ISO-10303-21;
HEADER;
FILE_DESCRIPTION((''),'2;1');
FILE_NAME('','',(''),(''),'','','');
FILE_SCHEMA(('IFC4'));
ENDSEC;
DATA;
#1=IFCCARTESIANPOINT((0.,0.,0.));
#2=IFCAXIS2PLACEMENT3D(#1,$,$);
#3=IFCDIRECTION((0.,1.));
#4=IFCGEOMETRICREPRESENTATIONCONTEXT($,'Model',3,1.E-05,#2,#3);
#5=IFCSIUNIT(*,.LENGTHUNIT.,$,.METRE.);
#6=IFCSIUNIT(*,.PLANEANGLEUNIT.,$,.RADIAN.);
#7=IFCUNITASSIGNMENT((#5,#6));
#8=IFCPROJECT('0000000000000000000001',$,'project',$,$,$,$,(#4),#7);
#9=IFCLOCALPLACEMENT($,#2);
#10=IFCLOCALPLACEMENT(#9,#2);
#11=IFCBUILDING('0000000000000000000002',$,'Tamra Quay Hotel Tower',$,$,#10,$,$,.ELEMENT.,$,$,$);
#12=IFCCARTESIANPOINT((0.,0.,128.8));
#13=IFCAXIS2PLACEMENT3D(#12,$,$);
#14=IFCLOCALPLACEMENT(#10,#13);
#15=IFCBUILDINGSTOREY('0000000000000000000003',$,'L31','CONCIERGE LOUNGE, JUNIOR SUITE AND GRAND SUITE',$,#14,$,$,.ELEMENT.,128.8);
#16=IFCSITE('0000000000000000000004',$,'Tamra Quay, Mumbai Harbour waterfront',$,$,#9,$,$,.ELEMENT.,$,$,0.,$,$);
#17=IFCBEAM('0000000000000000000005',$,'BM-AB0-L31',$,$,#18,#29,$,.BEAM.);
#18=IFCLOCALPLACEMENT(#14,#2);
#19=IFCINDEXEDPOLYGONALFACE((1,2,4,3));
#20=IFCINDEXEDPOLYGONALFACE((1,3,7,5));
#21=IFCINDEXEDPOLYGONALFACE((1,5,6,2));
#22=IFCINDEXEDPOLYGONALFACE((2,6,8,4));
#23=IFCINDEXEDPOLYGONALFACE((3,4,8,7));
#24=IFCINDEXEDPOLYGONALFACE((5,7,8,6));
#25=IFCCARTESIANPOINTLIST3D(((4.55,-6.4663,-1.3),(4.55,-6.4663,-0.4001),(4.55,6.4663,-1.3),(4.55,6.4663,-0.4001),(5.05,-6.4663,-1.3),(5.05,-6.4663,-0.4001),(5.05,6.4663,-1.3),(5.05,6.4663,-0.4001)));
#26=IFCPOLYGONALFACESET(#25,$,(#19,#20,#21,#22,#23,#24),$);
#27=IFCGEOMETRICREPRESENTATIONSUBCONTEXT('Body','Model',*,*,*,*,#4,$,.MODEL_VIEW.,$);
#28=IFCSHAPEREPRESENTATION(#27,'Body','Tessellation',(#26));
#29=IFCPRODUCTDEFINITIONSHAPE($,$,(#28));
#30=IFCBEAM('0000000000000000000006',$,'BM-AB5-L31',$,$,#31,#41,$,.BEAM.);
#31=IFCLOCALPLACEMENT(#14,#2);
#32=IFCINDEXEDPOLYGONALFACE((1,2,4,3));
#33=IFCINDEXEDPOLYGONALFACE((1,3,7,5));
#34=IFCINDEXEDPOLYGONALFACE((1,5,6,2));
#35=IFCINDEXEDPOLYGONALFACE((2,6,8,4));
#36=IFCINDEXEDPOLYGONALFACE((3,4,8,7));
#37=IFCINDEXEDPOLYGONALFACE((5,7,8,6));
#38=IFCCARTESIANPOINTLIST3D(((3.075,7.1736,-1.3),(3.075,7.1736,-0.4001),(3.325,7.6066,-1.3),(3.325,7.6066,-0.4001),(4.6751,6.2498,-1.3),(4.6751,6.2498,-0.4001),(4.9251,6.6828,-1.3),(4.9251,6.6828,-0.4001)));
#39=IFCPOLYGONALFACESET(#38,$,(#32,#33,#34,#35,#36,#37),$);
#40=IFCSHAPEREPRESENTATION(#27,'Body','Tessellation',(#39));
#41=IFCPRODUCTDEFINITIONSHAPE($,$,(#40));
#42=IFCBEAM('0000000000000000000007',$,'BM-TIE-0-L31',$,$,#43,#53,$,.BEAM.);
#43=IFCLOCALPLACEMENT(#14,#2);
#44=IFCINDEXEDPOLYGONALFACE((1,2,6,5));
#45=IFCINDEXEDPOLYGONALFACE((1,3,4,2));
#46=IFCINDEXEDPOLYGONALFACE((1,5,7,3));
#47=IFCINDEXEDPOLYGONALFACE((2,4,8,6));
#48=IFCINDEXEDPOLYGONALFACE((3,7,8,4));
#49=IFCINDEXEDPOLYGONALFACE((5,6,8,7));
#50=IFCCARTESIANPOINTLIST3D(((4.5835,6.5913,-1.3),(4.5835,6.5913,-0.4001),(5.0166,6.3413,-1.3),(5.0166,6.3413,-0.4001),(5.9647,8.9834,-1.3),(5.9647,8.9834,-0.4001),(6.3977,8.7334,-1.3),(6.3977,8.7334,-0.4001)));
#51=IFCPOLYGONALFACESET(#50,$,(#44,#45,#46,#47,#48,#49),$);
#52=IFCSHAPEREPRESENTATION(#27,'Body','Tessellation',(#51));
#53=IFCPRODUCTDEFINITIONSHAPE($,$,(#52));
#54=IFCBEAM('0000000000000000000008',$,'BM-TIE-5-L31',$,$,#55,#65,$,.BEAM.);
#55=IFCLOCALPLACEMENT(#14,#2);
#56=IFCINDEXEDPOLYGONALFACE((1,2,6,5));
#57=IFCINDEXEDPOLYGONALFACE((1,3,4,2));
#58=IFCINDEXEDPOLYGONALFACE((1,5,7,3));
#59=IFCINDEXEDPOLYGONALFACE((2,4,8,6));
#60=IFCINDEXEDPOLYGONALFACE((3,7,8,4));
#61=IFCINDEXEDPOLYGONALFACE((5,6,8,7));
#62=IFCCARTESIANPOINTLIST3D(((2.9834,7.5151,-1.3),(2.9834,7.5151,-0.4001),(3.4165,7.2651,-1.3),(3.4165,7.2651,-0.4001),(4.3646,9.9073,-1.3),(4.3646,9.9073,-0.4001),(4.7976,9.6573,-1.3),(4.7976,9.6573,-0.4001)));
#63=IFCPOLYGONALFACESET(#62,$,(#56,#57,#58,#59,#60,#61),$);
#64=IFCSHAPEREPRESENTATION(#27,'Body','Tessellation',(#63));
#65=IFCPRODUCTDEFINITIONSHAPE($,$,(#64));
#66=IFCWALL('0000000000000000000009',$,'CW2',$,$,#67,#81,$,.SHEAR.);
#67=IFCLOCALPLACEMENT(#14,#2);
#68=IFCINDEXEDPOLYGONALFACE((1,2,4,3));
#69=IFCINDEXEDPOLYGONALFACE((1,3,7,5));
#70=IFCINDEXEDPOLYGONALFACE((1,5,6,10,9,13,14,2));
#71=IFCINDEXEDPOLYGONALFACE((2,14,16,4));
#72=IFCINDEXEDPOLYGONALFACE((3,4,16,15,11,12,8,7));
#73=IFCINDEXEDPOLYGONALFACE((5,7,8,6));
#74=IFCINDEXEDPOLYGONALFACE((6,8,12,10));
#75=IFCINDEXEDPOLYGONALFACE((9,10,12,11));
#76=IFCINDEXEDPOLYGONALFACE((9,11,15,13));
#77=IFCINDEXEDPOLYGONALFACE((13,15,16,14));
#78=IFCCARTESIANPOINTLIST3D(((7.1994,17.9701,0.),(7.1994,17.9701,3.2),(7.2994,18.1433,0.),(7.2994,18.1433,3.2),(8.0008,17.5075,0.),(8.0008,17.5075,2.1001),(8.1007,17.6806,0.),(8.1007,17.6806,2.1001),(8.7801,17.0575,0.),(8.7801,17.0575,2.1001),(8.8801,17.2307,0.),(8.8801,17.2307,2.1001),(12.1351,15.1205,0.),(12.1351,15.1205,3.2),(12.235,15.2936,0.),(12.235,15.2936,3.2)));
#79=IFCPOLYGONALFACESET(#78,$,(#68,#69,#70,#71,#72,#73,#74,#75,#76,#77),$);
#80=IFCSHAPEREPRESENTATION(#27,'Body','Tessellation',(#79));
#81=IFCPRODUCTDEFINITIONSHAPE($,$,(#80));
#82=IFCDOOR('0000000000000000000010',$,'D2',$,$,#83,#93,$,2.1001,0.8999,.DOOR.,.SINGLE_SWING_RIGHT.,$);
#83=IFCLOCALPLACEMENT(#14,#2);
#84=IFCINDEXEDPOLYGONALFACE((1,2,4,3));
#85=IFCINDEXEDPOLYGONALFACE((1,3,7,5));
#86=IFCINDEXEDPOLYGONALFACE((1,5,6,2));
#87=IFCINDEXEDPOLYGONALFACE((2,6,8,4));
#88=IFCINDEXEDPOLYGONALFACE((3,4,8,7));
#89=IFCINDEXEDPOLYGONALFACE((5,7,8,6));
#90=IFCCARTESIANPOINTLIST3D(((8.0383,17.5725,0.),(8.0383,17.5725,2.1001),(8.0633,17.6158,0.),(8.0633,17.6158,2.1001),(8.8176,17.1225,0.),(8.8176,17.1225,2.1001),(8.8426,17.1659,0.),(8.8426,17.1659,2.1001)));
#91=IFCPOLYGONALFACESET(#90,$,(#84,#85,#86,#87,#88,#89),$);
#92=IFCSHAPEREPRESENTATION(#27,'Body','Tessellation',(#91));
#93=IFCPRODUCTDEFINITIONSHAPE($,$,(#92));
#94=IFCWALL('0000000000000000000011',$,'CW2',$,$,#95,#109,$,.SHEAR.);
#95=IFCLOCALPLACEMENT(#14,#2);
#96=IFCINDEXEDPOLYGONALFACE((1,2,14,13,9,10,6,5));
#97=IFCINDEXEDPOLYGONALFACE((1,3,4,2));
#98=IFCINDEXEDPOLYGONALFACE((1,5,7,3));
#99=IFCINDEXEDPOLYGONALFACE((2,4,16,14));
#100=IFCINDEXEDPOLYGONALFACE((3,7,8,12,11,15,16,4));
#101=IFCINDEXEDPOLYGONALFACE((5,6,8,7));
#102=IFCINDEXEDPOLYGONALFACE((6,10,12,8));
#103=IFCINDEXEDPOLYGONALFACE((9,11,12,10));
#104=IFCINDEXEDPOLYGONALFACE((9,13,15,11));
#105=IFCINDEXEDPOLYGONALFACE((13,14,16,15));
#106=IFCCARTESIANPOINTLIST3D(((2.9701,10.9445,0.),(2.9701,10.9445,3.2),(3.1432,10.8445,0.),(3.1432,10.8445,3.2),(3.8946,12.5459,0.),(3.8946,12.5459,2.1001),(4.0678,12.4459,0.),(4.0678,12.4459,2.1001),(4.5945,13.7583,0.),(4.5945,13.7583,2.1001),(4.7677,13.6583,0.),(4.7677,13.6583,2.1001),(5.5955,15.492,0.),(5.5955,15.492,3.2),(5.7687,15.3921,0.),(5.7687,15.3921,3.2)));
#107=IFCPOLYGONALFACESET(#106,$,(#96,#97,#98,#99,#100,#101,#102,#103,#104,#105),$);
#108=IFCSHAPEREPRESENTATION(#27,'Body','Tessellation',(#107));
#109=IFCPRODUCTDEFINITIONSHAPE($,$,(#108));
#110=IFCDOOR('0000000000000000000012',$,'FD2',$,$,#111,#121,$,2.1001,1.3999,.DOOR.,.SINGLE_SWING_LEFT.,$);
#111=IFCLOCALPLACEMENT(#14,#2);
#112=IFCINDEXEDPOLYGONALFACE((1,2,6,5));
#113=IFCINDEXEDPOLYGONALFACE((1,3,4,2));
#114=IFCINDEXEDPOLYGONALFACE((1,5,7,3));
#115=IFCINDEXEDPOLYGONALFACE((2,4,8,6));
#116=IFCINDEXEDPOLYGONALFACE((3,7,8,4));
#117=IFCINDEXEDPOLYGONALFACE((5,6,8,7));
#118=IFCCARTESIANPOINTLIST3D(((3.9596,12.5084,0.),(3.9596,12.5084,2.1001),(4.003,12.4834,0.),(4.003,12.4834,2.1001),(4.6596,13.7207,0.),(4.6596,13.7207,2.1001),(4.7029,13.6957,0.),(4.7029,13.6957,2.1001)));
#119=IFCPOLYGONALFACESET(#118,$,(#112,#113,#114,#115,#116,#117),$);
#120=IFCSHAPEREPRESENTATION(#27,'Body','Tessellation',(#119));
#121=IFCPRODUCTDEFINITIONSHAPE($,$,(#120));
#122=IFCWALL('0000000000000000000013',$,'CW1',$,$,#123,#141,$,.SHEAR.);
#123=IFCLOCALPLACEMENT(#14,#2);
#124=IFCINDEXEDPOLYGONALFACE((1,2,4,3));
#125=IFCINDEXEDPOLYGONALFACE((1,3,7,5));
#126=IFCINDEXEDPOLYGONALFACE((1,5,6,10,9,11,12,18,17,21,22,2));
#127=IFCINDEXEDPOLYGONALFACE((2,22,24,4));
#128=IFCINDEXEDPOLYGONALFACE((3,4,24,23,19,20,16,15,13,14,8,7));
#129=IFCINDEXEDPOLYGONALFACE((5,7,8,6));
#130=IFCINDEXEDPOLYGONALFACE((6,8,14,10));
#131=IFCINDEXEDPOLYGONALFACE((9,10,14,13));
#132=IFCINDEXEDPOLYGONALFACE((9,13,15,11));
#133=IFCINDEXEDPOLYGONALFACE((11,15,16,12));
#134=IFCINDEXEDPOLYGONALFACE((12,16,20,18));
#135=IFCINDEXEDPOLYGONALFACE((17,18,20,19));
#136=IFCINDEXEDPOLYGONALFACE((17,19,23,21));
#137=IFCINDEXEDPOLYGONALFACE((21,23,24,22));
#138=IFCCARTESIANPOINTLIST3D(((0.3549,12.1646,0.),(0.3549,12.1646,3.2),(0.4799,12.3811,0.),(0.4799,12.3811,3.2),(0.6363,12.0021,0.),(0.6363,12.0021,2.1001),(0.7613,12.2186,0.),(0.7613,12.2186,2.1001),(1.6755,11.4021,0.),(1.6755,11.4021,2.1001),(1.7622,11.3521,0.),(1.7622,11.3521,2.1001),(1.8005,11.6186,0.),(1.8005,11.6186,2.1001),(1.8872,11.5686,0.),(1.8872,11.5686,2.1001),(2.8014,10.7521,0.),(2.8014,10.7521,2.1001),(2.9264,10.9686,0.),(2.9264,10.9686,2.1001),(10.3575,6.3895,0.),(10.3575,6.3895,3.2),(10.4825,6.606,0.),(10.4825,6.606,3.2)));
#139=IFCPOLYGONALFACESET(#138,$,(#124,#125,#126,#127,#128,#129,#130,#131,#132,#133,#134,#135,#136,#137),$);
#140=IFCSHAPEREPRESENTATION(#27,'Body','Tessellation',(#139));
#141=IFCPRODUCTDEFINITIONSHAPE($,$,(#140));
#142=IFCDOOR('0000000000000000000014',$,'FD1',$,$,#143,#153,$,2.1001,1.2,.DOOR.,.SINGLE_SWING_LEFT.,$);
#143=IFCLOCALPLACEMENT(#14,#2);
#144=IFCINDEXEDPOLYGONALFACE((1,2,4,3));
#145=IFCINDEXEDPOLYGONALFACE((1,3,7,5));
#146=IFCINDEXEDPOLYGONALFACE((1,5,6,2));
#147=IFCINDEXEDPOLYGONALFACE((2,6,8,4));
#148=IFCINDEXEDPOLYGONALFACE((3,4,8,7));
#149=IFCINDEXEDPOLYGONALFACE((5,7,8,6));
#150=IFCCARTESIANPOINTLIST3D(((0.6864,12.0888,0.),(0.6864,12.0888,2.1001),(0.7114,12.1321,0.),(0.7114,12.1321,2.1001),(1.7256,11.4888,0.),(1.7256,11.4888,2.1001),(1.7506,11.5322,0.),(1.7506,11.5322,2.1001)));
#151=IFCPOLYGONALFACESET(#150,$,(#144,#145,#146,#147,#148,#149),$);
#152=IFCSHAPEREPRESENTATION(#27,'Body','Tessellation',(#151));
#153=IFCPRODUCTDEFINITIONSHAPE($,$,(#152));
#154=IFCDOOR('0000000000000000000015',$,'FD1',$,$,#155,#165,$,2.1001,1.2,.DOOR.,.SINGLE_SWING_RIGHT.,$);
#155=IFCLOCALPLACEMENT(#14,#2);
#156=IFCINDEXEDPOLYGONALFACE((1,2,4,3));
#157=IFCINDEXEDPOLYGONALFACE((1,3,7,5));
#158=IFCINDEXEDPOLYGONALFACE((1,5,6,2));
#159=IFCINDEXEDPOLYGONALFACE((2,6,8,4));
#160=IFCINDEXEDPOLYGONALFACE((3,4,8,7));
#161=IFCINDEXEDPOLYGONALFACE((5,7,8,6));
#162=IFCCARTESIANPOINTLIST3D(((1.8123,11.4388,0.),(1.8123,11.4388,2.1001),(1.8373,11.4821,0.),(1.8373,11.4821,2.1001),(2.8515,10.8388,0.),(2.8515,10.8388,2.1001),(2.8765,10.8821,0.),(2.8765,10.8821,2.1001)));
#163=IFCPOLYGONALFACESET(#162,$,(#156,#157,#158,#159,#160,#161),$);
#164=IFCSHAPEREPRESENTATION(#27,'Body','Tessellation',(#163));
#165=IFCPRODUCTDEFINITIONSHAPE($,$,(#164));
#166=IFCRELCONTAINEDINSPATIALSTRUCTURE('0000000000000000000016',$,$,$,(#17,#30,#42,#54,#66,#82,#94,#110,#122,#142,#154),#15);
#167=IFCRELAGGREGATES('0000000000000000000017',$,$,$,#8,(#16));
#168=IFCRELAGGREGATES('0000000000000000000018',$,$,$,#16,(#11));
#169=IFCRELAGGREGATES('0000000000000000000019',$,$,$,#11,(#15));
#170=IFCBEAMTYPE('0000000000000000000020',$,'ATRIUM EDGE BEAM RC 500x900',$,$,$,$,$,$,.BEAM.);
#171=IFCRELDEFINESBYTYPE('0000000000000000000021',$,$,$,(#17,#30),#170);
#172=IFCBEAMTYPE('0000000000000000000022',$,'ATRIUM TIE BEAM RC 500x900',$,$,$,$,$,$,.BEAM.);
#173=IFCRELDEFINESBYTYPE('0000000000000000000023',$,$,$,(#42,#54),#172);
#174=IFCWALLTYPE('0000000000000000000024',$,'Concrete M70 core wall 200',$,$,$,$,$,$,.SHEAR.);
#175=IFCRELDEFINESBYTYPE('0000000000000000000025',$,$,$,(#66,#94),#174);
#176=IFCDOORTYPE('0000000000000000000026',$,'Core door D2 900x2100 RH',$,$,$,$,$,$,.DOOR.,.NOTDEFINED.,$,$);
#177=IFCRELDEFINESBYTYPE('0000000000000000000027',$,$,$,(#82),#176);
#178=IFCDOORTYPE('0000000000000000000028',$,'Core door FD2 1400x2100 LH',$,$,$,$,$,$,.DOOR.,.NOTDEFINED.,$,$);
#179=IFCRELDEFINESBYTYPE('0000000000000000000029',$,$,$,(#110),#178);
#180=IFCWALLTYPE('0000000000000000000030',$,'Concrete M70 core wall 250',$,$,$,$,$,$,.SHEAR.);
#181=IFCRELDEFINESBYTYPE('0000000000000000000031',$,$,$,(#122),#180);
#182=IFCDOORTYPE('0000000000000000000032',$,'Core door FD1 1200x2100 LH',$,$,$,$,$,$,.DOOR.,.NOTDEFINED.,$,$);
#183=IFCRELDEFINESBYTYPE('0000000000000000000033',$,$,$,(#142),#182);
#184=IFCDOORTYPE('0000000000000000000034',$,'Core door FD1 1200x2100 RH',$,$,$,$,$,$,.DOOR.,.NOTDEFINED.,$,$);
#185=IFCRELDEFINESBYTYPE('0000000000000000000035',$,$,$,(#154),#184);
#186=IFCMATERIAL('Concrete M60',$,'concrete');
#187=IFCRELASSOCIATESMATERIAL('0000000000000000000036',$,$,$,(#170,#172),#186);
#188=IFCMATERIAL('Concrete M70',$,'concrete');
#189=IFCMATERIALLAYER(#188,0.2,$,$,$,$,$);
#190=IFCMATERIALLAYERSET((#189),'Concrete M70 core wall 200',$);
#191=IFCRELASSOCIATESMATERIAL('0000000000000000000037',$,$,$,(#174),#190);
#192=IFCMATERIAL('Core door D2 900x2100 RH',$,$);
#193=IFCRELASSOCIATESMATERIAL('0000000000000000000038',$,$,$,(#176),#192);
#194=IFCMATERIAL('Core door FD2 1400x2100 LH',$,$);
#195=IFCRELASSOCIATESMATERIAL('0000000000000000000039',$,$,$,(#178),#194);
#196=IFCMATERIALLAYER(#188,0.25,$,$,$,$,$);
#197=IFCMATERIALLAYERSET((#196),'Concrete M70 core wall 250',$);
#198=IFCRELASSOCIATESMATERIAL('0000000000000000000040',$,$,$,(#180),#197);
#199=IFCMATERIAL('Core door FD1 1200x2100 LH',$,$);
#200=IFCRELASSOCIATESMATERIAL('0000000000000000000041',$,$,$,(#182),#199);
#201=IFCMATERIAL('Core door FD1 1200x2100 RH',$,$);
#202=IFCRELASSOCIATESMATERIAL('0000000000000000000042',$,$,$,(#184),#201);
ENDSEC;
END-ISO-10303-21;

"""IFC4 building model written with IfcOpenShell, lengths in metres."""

from ifc_helpers import new_model, si_unit, direction, frame, frame_2d, origin, origin_2d, place, context, subcontext, project, spatial, rectangle, extrude, material, layer, layer_set, material_profile, profile_set, type_object, element, fill, save


model = new_model("IFC4")

# Units and contexts
model_context = context("Model", 3, precision=1e-05, world=origin(), true_north=direction((0.0, 1.0)))
body_context = subcontext(model_context, "Body", "Model", "MODEL_VIEW")
ifc_project = project(units=[si_unit("LENGTHUNIT", "METRE"), si_unit("PLANEANGLEUNIT", "RADIAN")], contexts=[model_context])

# Site, building, storey
site_placement = place(None, origin())
site = spatial("IfcSite", under=ifc_project, at=site_placement, Name="Tamra Quay, Mumbai Harbour waterfront", CompositionType="ELEMENT", RefElevation=0.0)
building_placement = place(site_placement, origin())
building = spatial("IfcBuilding", under=site, at=building_placement, Name="Tamra Quay Hotel Tower", CompositionType="ELEMENT")
storey_placement = place(building_placement, frame((0.0, 0.0, 128.8)))
storey = spatial("IfcBuildingStorey", under=building, at=storey_placement, Name="L31", Description="CONCIERGE LOUNGE, JUNIOR SUITE AND GRAND SUITE", CompositionType="ELEMENT", Elevation=128.8)

# Beams
ifc_material_1 = material(Name="Concrete M60", Category="concrete")
ifc_material_profile_1 = material_profile(ifc_material_1, rectangle(XDim=0.5, YDim=0.8999, at=origin_2d()), Name="ATRIUM EDGE BEAM RC 500x900")
ifc_profile_set_1 = profile_set([ifc_material_profile_1], Name="Concrete M60")
beam_type_1 = type_object("IfcBeamType", Name="ATRIUM EDGE BEAM RC 500x900", PredefinedType="BEAM", material=ifc_profile_set_1)
beam_1_placement = place(storey_placement, frame((4.8, 6.4663, -0.8501), z_axis=(0.0, -1.0, 0.0), x_axis=(1.0, 0.0, 0.0)))
element("IfcBeam", 1, at=beam_1_placement, inside=storey, type_object=beam_type_1, Name="BM-AB0-L31", PredefinedType="BEAM", context=body_context, shape_type="SweptSolid", body=[
    extrude(rectangle(XDim=0.5, YDim=0.8999, at=origin_2d()), origin(), (0.0, 0.0, 1.0), 12.9326),
])
beam_2_placement = place(storey_placement, frame((3.2, 7.3901, -0.8501), z_axis=(0.866023, -0.500005, 0.0), x_axis=(0.500005, 0.866023, 0.0)))
element("IfcBeam", 2, at=beam_2_placement, inside=storey, type_object=beam_type_1, Name="BM-AB5-L31", PredefinedType="BEAM", context=body_context, shape_type="SweptSolid", body=[
    extrude(rectangle(XDim=0.5, YDim=0.8999, at=origin_2d()), origin(), (0.0, 0.0, 1.0), 1.8477),
])
ifc_material_profile_2 = material_profile(ifc_material_1, rectangle(XDim=0.5, YDim=0.8999, at=origin_2d()), Name="ATRIUM TIE BEAM RC 500x900")
ifc_profile_set_2 = profile_set([ifc_material_profile_2], Name="Concrete M60")
beam_type_2 = type_object("IfcBeamType", Name="ATRIUM TIE BEAM RC 500x900", PredefinedType="BEAM", material=ifc_profile_set_2)
for number, where, z_axis, x_axis, name in (
    (3, (4.8, 6.4663, -0.8501), (0.500008, 0.866021, 0.0), (-0.866021, 0.500008, 0.0), "BM-TIE-0-L31"),
    (4, (3.2, 7.3901, -0.8501), (0.500008, 0.866021, 0.0), (-0.866021, 0.500008, 0.0), "BM-TIE-5-L31"),
):
    element("IfcBeam", number, at=place(storey_placement, frame(where, z_axis=z_axis, x_axis=x_axis)), inside=storey, type_object=beam_type_2, Name=name, PredefinedType="BEAM", context=body_context, shape_type="SweptSolid", body=[
        extrude(rectangle(XDim=0.5, YDim=0.8999, at=origin_2d()), origin(), (0.0, 0.0, 1.0), 2.7622),
    ])

# Walls, openings, doors
ifc_material_2 = material(Name="Concrete M70", Category="concrete")
ifc_layer_1 = layer(ifc_material_2, 0.2)
ifc_layer_set_1 = layer_set([ifc_layer_1], Name="Concrete M70 core wall 200")
wall_type_1 = type_object("IfcWallType", Name="Concrete M70 core wall 200", PredefinedType="SHEAR", material=ifc_layer_set_1)
wall_1_placement = place(storey_placement, frame((12.1851, 15.207, 0.0), z_axis=(0.0, 0.0, 1.0), x_axis=(-0.86602, 0.500009, 0.0)))
wall_1 = element("IfcWall", 5, at=wall_1_placement, inside=storey, type_object=wall_type_1, Name="CW2", PredefinedType="SHEAR", context=body_context, shape_type="SweptSolid", body=[
    extrude(rectangle(XDim=5.6992, YDim=0.2, at=frame_2d((2.8496, 0.0))), origin(), (0.0, 0.0, 1.0), 3.2),
])
opening_1_placement = place(wall_1_placement, frame((3.874, 0.0, 0.0)))
opening_1 = element("IfcOpeningElement", 6, at=opening_1_placement, cuts=wall_1, PredefinedType="OPENING", context=body_context, shape_type="SweptSolid", body=[
    extrude(rectangle(XDim=0.8999, YDim=2.1001, at=frame_2d((0.45, 1.05))), frame((0.0, 0.1099, 0.0), z_axis=(0.0, -1.0, 0.0), x_axis=(1.0, 0.0, 0.0)), (0.0, 0.0, 1.0), 0.22),
])
ifc_material_3 = material(Name="Core door D2 900x2100 RH")
door_type_1 = type_object("IfcDoorType", Name="Core door D2 900x2100 RH", OperationType="NOTDEFINED", PredefinedType="DOOR", material=ifc_material_3)
door_1_placement = place(opening_1_placement, origin())
door_1 = element("IfcDoor", 7, at=door_1_placement, inside=storey, type_object=door_type_1, Name="D2", OperationType="SINGLE_SWING_RIGHT", OverallHeight=2.1001, OverallWidth=0.8999, PredefinedType="DOOR", context=body_context, shape_type="SweptSolid", body=[
    extrude(rectangle(XDim=0.8999, YDim=2.1001, at=frame_2d((0.45, 1.05))), frame((0.0, 0.0249, 0.0), z_axis=(0.0, -1.0, 0.0), x_axis=(1.0, 0.0, 0.0)), (0.0, 0.0, 1.0), 0.05),
])
fill(opening_1, door_1)
wall_2_placement = place(storey_placement, frame((3.0566, 10.8945, 0.0), z_axis=(0.0, 0.0, 1.0), x_axis=(0.499989, 0.866032, 0.0)))
wall_2 = element("IfcWall", 8, at=wall_2_placement, inside=storey, type_object=wall_type_1, Name="CW2", PredefinedType="SHEAR", context=body_context, shape_type="SweptSolid", body=[
    extrude(rectangle(XDim=5.251, YDim=0.2, at=frame_2d((2.6255, 0.0))), origin(), (0.0, 0.0, 1.0), 3.2),
])
opening_2_placement = place(wall_2_placement, frame((1.8491, 0.0, 0.0)))
opening_2 = element("IfcOpeningElement", 9, at=opening_2_placement, cuts=wall_2, PredefinedType="OPENING", context=body_context, shape_type="SweptSolid", body=[
    extrude(rectangle(XDim=1.3999, YDim=2.1001, at=frame_2d((0.7, 1.05))), frame((0.0, 0.1099, 0.0), z_axis=(0.0, -1.0, 0.0), x_axis=(1.0, 0.0, 0.0)), (0.0, 0.0, 1.0), 0.22),
])
ifc_material_4 = material(Name="Core door FD2 1400x2100 LH")
door_type_2 = type_object("IfcDoorType", Name="Core door FD2 1400x2100 LH", OperationType="NOTDEFINED", PredefinedType="DOOR", material=ifc_material_4)
door_2_placement = place(opening_2_placement, origin())
door_2 = element("IfcDoor", 10, at=door_2_placement, inside=storey, type_object=door_type_2, Name="FD2", OperationType="SINGLE_SWING_LEFT", OverallHeight=2.1001, OverallWidth=1.3999, PredefinedType="DOOR", context=body_context, shape_type="SweptSolid", body=[
    extrude(rectangle(XDim=1.3999, YDim=2.1001, at=frame_2d((0.7, 1.05))), frame((0.0, 0.0249, 0.0), z_axis=(0.0, -1.0, 0.0), x_axis=(1.0, 0.0, 0.0)), (0.0, 0.0, 1.0), 0.05),
])
fill(opening_2, door_2)

# Wall, openings, doors
ifc_layer_2 = layer(ifc_material_2, 0.25)
ifc_layer_set_2 = layer_set([ifc_layer_2], Name="Concrete M70 core wall 250")
wall_type_2 = type_object("IfcWallType", Name="Concrete M70 core wall 250", PredefinedType="SHEAR", material=ifc_layer_set_2)
wall_3_placement = place(storey_placement, frame((10.4199, 6.4978, 0.0), z_axis=(0.0, 0.0, 1.0), x_axis=(-0.866022, 0.500006, 0.0)))
wall_3 = element("IfcWall", 11, at=wall_3_placement, inside=storey, type_object=wall_type_2, Name="CW1", PredefinedType="SHEAR", context=body_context, shape_type="SweptSolid", body=[
    extrude(rectangle(XDim=11.55, YDim=0.25, at=frame_2d((5.7749, 0.0))), origin(), (0.0, 0.0, 1.0), 3.2),
])
opening_3_placement = place(wall_3_placement, frame((10.0249, 0.0, 0.0)))
opening_3 = element("IfcOpeningElement", 12, at=opening_3_placement, cuts=wall_3, PredefinedType="OPENING", context=body_context, shape_type="SweptSolid", body=[
    extrude(rectangle(XDim=1.2, YDim=2.1001, at=frame_2d((0.6001, 1.05))), frame((0.0, 0.135, 0.0), z_axis=(0.0, -1.0, 0.0), x_axis=(1.0, 0.0, 0.0)), (0.0, 0.0, 1.0), 0.27),
])
opening_4_placement = place(wall_3_placement, frame((8.7249, 0.0, 0.0)))
opening_4 = element("IfcOpeningElement", 13, at=opening_4_placement, cuts=wall_3, PredefinedType="OPENING", context=body_context, shape_type="SweptSolid", body=[
    extrude(rectangle(XDim=1.2, YDim=2.1001, at=frame_2d((0.6001, 1.05))), frame((0.0, 0.135, 0.0), z_axis=(0.0, -1.0, 0.0), x_axis=(1.0, 0.0, 0.0)), (0.0, 0.0, 1.0), 0.27),
])
ifc_material_5 = material(Name="Core door FD1 1200x2100 LH")
door_type_3 = type_object("IfcDoorType", Name="Core door FD1 1200x2100 LH", OperationType="NOTDEFINED", PredefinedType="DOOR", material=ifc_material_5)
door_3_placement = place(opening_3_placement, origin())
door_3 = element("IfcDoor", 14, at=door_3_placement, inside=storey, type_object=door_type_3, Name="FD1", OperationType="SINGLE_SWING_LEFT", OverallHeight=2.1001, OverallWidth=1.2, PredefinedType="DOOR", context=body_context, shape_type="SweptSolid", body=[
    extrude(rectangle(XDim=1.2, YDim=2.1001, at=frame_2d((0.6001, 1.05))), frame((0.0, 0.0249, 0.0), z_axis=(0.0, -1.0, 0.0), x_axis=(1.0, 0.0, 0.0)), (0.0, 0.0, 1.0), 0.05),
])
fill(opening_3, door_3)
ifc_material_6 = material(Name="Core door FD1 1200x2100 RH")
door_type_4 = type_object("IfcDoorType", Name="Core door FD1 1200x2100 RH", OperationType="NOTDEFINED", PredefinedType="DOOR", material=ifc_material_6)
door_4_placement = place(opening_4_placement, origin())
door_4 = element("IfcDoor", 15, at=door_4_placement, inside=storey, type_object=door_type_4, Name="FD1", OperationType="SINGLE_SWING_RIGHT", OverallHeight=2.1001, OverallWidth=1.2, PredefinedType="DOOR", context=body_context, shape_type="SweptSolid", body=[
    extrude(rectangle(XDim=1.2, YDim=2.1001, at=frame_2d((0.6001, 1.05))), frame((0.0, 0.0249, 0.0), z_axis=(0.0, -1.0, 0.0), x_axis=(1.0, 0.0, 0.0)), (0.0, 0.0, 1.0), 0.05),
])
fill(opening_4, door_4)

save(model, "model.ifc")
